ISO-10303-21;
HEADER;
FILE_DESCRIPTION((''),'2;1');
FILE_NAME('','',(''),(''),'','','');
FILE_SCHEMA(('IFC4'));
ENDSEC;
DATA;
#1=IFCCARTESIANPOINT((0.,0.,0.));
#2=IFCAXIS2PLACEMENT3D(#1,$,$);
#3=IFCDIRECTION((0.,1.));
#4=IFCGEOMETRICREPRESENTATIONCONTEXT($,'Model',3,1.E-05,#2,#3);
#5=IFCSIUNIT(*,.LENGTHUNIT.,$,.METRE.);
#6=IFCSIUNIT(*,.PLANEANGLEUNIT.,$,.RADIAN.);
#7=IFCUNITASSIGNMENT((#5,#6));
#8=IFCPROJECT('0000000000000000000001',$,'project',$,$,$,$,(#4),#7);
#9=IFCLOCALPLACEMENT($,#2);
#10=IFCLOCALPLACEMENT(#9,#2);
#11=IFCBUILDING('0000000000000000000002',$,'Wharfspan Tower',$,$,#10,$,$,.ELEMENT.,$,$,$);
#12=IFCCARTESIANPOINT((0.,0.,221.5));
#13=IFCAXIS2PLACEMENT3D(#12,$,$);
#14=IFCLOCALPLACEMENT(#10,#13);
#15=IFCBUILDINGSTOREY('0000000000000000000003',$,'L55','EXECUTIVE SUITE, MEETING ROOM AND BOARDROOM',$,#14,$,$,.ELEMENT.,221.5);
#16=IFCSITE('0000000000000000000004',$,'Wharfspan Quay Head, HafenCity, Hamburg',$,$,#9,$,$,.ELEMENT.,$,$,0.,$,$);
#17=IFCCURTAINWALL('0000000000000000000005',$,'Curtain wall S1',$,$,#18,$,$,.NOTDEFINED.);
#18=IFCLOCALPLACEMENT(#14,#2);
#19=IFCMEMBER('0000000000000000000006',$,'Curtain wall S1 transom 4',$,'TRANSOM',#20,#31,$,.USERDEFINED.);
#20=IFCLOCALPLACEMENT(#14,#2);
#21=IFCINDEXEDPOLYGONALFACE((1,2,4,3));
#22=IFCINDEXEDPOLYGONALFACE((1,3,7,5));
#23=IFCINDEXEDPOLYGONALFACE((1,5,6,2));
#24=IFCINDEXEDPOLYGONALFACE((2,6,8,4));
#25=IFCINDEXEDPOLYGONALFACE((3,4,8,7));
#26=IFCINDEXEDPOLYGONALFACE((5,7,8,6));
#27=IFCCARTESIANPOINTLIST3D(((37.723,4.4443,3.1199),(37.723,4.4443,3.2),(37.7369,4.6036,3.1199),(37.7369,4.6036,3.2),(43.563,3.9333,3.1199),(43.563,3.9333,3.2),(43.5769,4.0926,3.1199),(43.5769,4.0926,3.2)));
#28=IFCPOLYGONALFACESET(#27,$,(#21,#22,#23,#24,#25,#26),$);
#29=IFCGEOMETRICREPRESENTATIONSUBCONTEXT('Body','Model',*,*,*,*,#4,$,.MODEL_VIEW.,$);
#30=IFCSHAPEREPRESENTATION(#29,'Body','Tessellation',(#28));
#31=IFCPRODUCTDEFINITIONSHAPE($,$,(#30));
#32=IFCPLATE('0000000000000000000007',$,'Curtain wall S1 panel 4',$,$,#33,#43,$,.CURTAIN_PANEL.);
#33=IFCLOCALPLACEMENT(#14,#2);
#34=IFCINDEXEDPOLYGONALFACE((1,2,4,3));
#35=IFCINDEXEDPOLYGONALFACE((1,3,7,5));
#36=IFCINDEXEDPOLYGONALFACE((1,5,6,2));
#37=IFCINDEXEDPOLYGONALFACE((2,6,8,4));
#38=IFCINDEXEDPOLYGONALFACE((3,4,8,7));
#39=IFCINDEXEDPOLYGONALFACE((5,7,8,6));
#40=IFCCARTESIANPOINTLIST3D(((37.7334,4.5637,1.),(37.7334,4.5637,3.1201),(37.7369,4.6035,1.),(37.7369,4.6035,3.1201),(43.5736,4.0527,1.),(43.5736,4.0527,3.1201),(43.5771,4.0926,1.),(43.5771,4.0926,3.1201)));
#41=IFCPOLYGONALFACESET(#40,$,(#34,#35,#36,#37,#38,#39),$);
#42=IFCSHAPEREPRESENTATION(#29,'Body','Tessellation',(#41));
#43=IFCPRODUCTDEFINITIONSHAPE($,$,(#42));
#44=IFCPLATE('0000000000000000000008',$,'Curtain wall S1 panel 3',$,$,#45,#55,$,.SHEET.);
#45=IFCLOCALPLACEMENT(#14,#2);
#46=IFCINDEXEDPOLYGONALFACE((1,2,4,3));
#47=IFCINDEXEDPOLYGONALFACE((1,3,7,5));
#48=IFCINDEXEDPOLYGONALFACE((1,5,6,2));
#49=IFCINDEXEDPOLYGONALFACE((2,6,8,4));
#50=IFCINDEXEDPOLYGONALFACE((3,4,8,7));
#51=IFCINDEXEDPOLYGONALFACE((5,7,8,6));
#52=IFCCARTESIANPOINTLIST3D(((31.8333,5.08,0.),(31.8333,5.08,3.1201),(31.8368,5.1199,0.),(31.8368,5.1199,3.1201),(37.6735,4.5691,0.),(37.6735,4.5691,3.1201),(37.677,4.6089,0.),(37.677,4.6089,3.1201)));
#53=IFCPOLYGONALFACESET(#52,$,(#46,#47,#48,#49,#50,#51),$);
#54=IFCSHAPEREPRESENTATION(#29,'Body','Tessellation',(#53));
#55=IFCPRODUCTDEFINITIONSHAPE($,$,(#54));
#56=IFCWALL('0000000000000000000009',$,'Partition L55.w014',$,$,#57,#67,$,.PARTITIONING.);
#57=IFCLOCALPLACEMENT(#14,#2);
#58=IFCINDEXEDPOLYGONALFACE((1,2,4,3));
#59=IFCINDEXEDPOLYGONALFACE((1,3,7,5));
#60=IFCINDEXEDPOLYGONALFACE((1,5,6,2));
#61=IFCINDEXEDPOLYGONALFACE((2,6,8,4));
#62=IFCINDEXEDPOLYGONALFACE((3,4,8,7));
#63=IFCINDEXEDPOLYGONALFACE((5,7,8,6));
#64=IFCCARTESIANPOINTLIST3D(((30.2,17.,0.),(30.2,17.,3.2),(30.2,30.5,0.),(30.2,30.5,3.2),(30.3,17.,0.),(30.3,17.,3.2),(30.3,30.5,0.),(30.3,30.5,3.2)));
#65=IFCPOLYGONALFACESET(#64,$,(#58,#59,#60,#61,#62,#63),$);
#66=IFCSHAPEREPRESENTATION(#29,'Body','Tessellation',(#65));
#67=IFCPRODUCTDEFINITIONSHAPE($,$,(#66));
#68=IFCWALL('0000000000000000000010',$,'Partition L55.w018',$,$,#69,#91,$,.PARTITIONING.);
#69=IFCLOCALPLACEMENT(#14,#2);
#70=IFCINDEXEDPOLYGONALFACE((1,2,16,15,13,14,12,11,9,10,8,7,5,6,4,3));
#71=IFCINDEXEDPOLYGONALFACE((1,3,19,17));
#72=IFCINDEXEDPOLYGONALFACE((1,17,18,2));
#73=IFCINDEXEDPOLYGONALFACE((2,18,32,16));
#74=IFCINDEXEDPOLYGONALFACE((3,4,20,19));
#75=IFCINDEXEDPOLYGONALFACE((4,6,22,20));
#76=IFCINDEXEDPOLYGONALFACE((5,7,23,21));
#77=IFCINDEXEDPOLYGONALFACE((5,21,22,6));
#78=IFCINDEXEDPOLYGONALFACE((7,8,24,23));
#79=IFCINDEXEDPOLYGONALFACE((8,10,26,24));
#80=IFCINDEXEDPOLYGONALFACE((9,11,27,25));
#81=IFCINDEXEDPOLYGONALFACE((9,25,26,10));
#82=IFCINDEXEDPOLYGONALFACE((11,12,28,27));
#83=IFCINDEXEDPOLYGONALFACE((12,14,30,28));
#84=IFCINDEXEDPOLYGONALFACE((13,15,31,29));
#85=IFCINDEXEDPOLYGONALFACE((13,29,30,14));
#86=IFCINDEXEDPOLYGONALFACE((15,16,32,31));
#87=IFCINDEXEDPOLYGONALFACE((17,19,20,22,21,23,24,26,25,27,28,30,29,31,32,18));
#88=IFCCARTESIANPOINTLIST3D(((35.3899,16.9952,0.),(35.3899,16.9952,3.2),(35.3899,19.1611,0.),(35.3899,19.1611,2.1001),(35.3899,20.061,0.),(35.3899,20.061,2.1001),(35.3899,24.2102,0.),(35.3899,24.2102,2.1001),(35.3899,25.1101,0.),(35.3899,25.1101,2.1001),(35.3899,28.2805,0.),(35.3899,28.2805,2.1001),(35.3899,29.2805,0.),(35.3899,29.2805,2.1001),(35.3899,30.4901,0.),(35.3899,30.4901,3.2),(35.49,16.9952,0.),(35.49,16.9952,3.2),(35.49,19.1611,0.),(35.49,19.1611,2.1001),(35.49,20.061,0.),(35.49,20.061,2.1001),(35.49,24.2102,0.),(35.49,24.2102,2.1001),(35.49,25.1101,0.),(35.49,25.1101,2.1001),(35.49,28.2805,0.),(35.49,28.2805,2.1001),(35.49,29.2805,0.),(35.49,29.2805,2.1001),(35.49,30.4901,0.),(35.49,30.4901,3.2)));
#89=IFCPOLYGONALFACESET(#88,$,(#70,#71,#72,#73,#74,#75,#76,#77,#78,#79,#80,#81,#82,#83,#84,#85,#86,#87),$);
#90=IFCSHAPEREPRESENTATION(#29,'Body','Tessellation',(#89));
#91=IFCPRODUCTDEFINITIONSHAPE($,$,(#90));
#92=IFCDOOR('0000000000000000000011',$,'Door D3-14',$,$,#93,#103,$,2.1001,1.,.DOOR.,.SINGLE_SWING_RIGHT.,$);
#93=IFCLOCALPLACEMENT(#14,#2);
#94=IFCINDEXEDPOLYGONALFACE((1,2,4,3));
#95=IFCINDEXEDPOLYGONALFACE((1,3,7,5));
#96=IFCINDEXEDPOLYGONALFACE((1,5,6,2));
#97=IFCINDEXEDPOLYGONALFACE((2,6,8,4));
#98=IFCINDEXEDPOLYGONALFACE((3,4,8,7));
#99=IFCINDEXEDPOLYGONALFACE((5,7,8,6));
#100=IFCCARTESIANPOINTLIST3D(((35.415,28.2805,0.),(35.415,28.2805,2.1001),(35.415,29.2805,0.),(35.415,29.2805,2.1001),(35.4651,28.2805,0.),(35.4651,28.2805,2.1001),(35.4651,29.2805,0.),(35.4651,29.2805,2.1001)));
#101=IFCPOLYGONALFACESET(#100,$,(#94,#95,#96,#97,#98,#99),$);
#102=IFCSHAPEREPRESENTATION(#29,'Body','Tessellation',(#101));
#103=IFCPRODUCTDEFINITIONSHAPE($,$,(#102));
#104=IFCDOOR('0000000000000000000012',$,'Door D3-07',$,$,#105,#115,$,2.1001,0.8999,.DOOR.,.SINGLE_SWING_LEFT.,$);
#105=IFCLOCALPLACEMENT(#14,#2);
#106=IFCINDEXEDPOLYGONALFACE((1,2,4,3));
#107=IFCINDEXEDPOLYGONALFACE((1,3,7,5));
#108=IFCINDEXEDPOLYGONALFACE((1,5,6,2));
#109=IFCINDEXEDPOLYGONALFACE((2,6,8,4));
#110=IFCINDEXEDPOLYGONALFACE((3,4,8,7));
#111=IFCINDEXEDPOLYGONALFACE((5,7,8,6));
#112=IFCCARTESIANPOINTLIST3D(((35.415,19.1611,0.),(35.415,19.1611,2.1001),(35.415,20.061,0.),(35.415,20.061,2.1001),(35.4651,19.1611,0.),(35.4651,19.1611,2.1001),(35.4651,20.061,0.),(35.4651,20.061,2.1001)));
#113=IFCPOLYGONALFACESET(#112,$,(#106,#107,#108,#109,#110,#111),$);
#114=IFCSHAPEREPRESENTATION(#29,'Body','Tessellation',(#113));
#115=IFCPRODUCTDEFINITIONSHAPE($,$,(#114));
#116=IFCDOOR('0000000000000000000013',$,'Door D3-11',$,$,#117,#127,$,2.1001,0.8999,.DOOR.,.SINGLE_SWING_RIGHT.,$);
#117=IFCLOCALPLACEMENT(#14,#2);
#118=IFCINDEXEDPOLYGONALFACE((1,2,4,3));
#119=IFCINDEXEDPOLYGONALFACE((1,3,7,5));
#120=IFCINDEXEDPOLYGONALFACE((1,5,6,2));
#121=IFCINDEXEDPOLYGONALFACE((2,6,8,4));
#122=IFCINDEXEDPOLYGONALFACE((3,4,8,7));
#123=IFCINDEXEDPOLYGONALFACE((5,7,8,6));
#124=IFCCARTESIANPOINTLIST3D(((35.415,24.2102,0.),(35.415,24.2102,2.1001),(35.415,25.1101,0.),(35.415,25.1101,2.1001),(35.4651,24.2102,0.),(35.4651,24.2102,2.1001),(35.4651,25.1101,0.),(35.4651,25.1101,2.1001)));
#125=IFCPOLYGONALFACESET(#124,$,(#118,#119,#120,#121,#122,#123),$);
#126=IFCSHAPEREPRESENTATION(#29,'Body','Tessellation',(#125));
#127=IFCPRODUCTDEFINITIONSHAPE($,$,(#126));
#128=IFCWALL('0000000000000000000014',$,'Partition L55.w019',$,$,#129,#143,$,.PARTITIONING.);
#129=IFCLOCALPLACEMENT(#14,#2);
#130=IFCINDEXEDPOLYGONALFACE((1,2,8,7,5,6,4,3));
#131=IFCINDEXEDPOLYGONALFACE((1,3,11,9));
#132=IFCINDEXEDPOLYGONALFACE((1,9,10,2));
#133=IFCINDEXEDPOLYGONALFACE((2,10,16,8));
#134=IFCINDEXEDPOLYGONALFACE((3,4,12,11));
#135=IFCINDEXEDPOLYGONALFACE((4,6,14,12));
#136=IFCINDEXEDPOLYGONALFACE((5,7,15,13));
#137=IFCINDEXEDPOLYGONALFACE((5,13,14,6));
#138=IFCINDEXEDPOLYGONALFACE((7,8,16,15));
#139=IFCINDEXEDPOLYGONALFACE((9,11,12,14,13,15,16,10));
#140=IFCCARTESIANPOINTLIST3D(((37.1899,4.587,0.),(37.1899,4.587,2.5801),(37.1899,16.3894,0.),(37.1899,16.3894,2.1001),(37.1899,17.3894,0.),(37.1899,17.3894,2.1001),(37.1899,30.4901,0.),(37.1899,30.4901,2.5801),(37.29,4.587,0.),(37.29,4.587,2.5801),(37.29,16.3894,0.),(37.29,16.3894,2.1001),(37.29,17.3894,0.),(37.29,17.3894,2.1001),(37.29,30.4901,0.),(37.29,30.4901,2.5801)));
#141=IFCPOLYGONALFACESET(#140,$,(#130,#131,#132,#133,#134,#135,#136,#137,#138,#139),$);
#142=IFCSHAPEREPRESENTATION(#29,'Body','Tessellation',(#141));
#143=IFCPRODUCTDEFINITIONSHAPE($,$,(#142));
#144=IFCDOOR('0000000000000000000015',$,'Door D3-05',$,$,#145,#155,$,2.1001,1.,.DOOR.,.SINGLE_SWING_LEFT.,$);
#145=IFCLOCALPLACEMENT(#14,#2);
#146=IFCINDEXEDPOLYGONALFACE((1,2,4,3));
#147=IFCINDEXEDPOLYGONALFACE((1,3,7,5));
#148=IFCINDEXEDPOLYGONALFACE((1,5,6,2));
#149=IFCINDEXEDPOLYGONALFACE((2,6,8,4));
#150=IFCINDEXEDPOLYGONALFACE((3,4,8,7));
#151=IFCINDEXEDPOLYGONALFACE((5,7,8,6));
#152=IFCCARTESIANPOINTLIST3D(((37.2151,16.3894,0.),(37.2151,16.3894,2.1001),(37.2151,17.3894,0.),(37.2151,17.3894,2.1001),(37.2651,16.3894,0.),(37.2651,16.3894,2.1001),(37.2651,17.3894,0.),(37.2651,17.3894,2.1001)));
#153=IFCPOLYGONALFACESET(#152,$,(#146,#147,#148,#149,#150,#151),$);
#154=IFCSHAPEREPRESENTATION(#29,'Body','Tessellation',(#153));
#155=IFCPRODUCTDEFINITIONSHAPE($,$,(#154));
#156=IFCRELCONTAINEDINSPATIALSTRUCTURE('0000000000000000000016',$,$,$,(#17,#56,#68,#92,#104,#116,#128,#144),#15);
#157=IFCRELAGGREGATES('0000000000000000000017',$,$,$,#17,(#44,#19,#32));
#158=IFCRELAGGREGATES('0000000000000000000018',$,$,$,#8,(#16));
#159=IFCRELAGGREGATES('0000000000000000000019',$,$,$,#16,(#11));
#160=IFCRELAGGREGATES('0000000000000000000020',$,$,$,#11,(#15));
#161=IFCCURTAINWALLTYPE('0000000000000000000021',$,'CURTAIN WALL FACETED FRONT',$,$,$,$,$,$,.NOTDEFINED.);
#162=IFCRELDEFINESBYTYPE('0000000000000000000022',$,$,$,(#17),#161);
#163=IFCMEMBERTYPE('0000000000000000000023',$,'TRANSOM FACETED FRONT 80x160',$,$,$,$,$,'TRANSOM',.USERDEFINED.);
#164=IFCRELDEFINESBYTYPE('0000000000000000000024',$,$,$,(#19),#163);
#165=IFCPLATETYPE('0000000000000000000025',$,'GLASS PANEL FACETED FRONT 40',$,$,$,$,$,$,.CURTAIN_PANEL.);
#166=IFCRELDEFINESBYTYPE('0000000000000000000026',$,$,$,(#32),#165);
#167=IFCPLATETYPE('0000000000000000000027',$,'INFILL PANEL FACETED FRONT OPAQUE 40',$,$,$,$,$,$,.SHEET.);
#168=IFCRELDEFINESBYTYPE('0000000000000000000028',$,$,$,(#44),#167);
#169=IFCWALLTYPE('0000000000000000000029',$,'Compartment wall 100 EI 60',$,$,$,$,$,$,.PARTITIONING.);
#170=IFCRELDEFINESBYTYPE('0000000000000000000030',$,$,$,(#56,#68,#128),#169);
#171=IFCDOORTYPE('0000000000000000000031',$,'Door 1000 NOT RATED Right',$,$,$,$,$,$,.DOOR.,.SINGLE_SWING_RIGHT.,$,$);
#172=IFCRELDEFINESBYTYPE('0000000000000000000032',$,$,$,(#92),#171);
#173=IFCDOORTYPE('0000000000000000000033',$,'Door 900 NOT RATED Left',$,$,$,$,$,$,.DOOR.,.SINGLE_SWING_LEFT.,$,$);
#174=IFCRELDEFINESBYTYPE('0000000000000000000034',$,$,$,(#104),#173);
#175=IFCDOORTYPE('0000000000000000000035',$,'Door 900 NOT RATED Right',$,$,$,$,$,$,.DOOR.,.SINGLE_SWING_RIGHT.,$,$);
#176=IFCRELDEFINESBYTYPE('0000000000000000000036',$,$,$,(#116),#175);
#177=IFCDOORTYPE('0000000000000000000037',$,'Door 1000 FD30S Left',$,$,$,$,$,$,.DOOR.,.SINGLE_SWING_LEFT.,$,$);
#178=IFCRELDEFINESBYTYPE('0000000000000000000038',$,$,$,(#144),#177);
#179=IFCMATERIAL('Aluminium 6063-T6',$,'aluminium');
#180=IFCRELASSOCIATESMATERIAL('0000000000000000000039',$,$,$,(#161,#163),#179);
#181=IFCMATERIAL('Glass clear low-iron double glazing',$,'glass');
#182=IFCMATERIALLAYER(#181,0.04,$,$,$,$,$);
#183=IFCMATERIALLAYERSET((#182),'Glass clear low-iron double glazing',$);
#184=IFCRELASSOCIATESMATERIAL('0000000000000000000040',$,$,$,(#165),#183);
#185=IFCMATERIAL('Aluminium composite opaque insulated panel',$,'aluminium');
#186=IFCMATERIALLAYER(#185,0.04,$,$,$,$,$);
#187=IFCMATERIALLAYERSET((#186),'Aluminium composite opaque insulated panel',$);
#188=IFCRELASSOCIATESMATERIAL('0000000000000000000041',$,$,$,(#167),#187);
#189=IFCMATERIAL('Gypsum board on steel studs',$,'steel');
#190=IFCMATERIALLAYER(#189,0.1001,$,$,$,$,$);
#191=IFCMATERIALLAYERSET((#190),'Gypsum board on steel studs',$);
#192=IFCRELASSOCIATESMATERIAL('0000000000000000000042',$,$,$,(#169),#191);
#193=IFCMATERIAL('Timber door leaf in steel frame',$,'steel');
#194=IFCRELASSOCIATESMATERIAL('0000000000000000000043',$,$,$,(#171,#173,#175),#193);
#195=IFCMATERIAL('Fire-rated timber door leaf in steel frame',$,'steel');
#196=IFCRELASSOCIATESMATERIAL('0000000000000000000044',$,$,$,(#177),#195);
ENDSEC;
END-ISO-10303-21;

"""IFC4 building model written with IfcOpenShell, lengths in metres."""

from ifc_helpers import new_model, si_unit, direction, frame, frame_2d, origin, origin_2d, place, context, subcontext, project, spatial, rectangle, extrude, material, layer, layer_set, material_profile, profile_set, type_object, element, fill, aggregate, save


model = new_model("IFC4")

# Units and contexts
model_context = context("Model", 3, precision=1e-05, world=origin(), true_north=direction((0.0, 1.0)))
body_context = subcontext(model_context, "Body", "Model", "MODEL_VIEW")
ifc_project = project(units=[si_unit("LENGTHUNIT", "METRE"), si_unit("PLANEANGLEUNIT", "RADIAN")], contexts=[model_context])

# Site, building, storey
site_placement = place(None, origin())
site = spatial("IfcSite", under=ifc_project, at=site_placement, Name="Wharfspan Quay Head, HafenCity, Hamburg", CompositionType="ELEMENT", RefElevation=0.0)
building_placement = place(site_placement, origin())
building = spatial("IfcBuilding", under=site, at=building_placement, Name="Wharfspan Tower", CompositionType="ELEMENT")
storey_placement = place(building_placement, frame((0.0, 0.0, 221.5)))
storey = spatial("IfcBuildingStorey", under=building, at=storey_placement, Name="L55", Description="EXECUTIVE SUITE, MEETING ROOM AND BOARDROOM", CompositionType="ELEMENT", Elevation=221.5)

# Curtain wall, member, plates
ifc_material_1 = material(Name="Aluminium 6063-T6", Category="aluminium")
curtain_wall_type = type_object("IfcCurtainWallType", Name="CURTAIN WALL FACETED FRONT", PredefinedType="NOTDEFINED", material=ifc_material_1)
curtain_wall_placement = place(storey_placement, origin())
curtain_wall = element("IfcCurtainWall", 1, at=curtain_wall_placement, inside=storey, type_object=curtain_wall_type, Name="Curtain wall S1", PredefinedType="NOTDEFINED")
ifc_material_profile_1 = material_profile(ifc_material_1, rectangle(XDim=0.1599, YDim=0.0801, at=origin_2d()))
ifc_profile_set_1 = profile_set([ifc_material_profile_1], Name="Aluminium 6063-T6")
member_type_1 = type_object("IfcMemberType", Name="TRANSOM FACETED FRONT 80x160", ElementType="TRANSOM", PredefinedType="USERDEFINED", material=ifc_profile_set_1)
member_1_placement = place(storey_placement, frame((37.73, 4.5239, 3.1599), z_axis=(0.996194, -0.087163, 0.0), x_axis=(0.087163, 0.996194, 0.0)))
member_1 = element("IfcMember", 2, at=member_1_placement, type_object=member_type_1, Name="Curtain wall S1 transom 4", ObjectType="TRANSOM", PredefinedType="USERDEFINED", context=body_context, shape_type="SweptSolid", body=[
    extrude(rectangle(XDim=0.1599, YDim=0.0801, at=origin_2d()), origin(), (0.0, 0.0, 1.0), 5.8623),
])
ifc_material_2 = material(Name="Glass clear low-iron double glazing", Category="glass")
ifc_layer_1 = layer(ifc_material_2, 0.04)
ifc_layer_set_1 = layer_set([ifc_layer_1], Name="Glass clear low-iron double glazing")
plate_type_1 = type_object("IfcPlateType", Name="GLASS PANEL FACETED FRONT 40", PredefinedType="CURTAIN_PANEL", material=ifc_layer_set_1)
plate_1_placement = place(storey_placement, frame((40.6553, 4.3281, 1.0), z_axis=(0.0, 0.0, 1.0), x_axis=(0.996197, -0.087156, 0.0)))
plate_1 = element("IfcPlate", 3, at=plate_1_placement, type_object=plate_type_1, Name="Curtain wall S1 panel 4", PredefinedType="CURTAIN_PANEL", context=body_context, shape_type="SweptSolid", body=[
    extrude(rectangle(XDim=5.8625, YDim=0.04, at=origin_2d()), origin(), (0.0, 0.0, 1.0), 2.1201),
])
ifc_material_3 = material(Name="Aluminium composite opaque insulated panel", Category="aluminium")
ifc_layer_2 = layer(ifc_material_3, 0.04)
ifc_layer_set_2 = layer_set([ifc_layer_2], Name="Aluminium composite opaque insulated panel")
plate_type_2 = type_object("IfcPlateType", Name="INFILL PANEL FACETED FRONT OPAQUE 40", PredefinedType="SHEET", material=ifc_layer_set_2)
plate_2_placement = place(storey_placement, frame((34.7551, 4.8445, 0.0), z_axis=(0.0, 0.0, 1.0), x_axis=(0.996197, -0.087156, 0.0)))
plate_2 = element("IfcPlate", 4, at=plate_2_placement, type_object=plate_type_2, Name="Curtain wall S1 panel 3", PredefinedType="SHEET", context=body_context, shape_type="SweptSolid", body=[
    extrude(rectangle(XDim=5.8625, YDim=0.04, at=origin_2d()), origin(), (0.0, 0.0, 1.0), 3.1201),
])
aggregate(curtain_wall, [plate_2, member_1, plate_1])

# Wall
ifc_material_4 = material(Name="Gypsum board on steel studs", Category="steel")
ifc_layer_3 = layer(ifc_material_4, 0.1001)
ifc_layer_set_3 = layer_set([ifc_layer_3], Name="Gypsum board on steel studs")
wall_type_1 = type_object("IfcWallType", Name="Compartment wall 100 EI 60", PredefinedType="PARTITIONING", material=ifc_layer_set_3)
wall_1_placement = place(storey_placement, frame((30.25, 17.0, 0.0), z_axis=(0.0, 0.0, 1.0), x_axis=(0.0, 1.0, 0.0)))
element("IfcWall", 5, at=wall_1_placement, inside=storey, type_object=wall_type_1, Name="Partition L55.w014", PredefinedType="PARTITIONING", context=body_context, shape_type="SweptSolid", body=[
    extrude(rectangle(XDim=13.5, YDim=0.1001, at=frame_2d((6.75, 0.0))), origin(), (0.0, 0.0, 1.0), 3.2),
])

# Wall, openings, doors
wall_2_placement = place(storey_placement, frame((35.4399, 16.9951, 0.0), z_axis=(0.0, 0.0, 1.0), x_axis=(0.0, 1.0, 0.0)))
wall_2 = element("IfcWall", 6, at=wall_2_placement, inside=storey, type_object=wall_type_1, Name="Partition L55.w018", PredefinedType="PARTITIONING", context=body_context, shape_type="SweptSolid", body=[
    extrude(rectangle(XDim=13.4949, YDim=0.1001, at=frame_2d((6.7476, 0.0))), origin(), (0.0, 0.0, 1.0), 3.2),
])
opening_1_placement = place(wall_2_placement, frame((2.166, 0.0, 0.0)))
opening_1 = element("IfcOpeningElement", 7, at=opening_1_placement, cuts=wall_2, PredefinedType="OPENING", context=body_context, shape_type="SweptSolid", body=[
    extrude(rectangle(XDim=0.8999, YDim=2.1001, at=frame_2d((0.45, 1.05))), frame((0.0, 0.0601, 0.0), z_axis=(0.0, -1.0, 0.0), x_axis=(1.0, 0.0, 0.0)), (0.0, 0.0, 1.0), 0.1201),
])
opening_2_placement = place(wall_2_placement, frame((7.2151, 0.0, 0.0)))
opening_2 = element("IfcOpeningElement", 8, at=opening_2_placement, cuts=wall_2, PredefinedType="OPENING", context=body_context, shape_type="SweptSolid", body=[
    extrude(rectangle(XDim=0.8999, YDim=2.1001, at=frame_2d((0.45, 1.05))), frame((0.0, 0.0601, 0.0), z_axis=(0.0, -1.0, 0.0), x_axis=(1.0, 0.0, 0.0)), (0.0, 0.0, 1.0), 0.1201),
])
opening_3_placement = place(wall_2_placement, frame((11.2854, 0.0, 0.0)))
opening_3 = element("IfcOpeningElement", 9, at=opening_3_placement, cuts=wall_2, PredefinedType="OPENING", context=body_context, shape_type="SweptSolid", body=[
    extrude(rectangle(XDim=1.0, YDim=2.1001, at=frame_2d((0.5, 1.05))), frame((0.0, 0.0601, 0.0), z_axis=(0.0, -1.0, 0.0), x_axis=(1.0, 0.0, 0.0)), (0.0, 0.0, 1.0), 0.1201),
])
ifc_material_5 = material(Name="Timber door leaf in steel frame", Category="steel")
door_type_1 = type_object("IfcDoorType", Name="Door 1000 NOT RATED Right", OperationType="SINGLE_SWING_RIGHT", PredefinedType="DOOR", material=ifc_material_5)
door_1_placement = place(opening_3_placement, origin())
door_1 = element("IfcDoor", 10, at=door_1_placement, inside=storey, type_object=door_type_1, Name="Door D3-14", OperationType="SINGLE_SWING_RIGHT", OverallHeight=2.1001, OverallWidth=1.0, PredefinedType="DOOR", context=body_context, shape_type="SweptSolid", body=[
    extrude(rectangle(XDim=1.0, YDim=2.1001, at=frame_2d((0.5, 1.05))), frame((0.0, 0.0249, 0.0), z_axis=(0.0, -1.0, 0.0), x_axis=(1.0, 0.0, 0.0)), (0.0, 0.0, 1.0), 0.05),
])
fill(opening_3, door_1)
door_type_2 = type_object("IfcDoorType", Name="Door 900 NOT RATED Left", OperationType="SINGLE_SWING_LEFT", PredefinedType="DOOR", material=ifc_material_5)
door_2_placement = place(opening_1_placement, origin())
door_2 = element("IfcDoor", 11, at=door_2_placement, inside=storey, type_object=door_type_2, Name="Door D3-07", OperationType="SINGLE_SWING_LEFT", OverallHeight=2.1001, OverallWidth=0.8999, PredefinedType="DOOR", context=body_context, shape_type="SweptSolid", body=[
    extrude(rectangle(XDim=0.8999, YDim=2.1001, at=frame_2d((0.45, 1.05))), frame((0.0, 0.0249, 0.0), z_axis=(0.0, -1.0, 0.0), x_axis=(1.0, 0.0, 0.0)), (0.0, 0.0, 1.0), 0.05),
])
fill(opening_1, door_2)
door_type_3 = type_object("IfcDoorType", Name="Door 900 NOT RATED Right", OperationType="SINGLE_SWING_RIGHT", PredefinedType="DOOR", material=ifc_material_5)
door_3_placement = place(opening_2_placement, origin())
door_3 = element("IfcDoor", 12, at=door_3_placement, inside=storey, type_object=door_type_3, Name="Door D3-11", OperationType="SINGLE_SWING_RIGHT", OverallHeight=2.1001, OverallWidth=0.8999, PredefinedType="DOOR", context=body_context, shape_type="SweptSolid", body=[
    extrude(rectangle(XDim=0.8999, YDim=2.1001, at=frame_2d((0.45, 1.05))), frame((0.0, 0.0249, 0.0), z_axis=(0.0, -1.0, 0.0), x_axis=(1.0, 0.0, 0.0)), (0.0, 0.0, 1.0), 0.05),
])
fill(opening_2, door_3)

# Wall, opening, door
wall_3_placement = place(storey_placement, frame((37.24, 4.5869, 0.0), z_axis=(0.0, 0.0, 1.0), x_axis=(0.0, 1.0, 0.0)))
wall_3 = element("IfcWall", 13, at=wall_3_placement, inside=storey, type_object=wall_type_1, Name="Partition L55.w019", PredefinedType="PARTITIONING", context=body_context, shape_type="SweptSolid", body=[
    extrude(rectangle(XDim=25.9031, YDim=0.1001, at=frame_2d((12.9517, 0.0))), origin(), (0.0, 0.0, 1.0), 2.5801),
])
opening_4_placement = place(wall_3_placement, frame((11.8025, 0.0, 0.0)))
opening_4 = element("IfcOpeningElement", 14, at=opening_4_placement, cuts=wall_3, PredefinedType="OPENING", context=body_context, shape_type="SweptSolid", body=[
    extrude(rectangle(XDim=1.0, YDim=2.1001, at=frame_2d((0.5, 1.05))), frame((0.0, 0.0601, 0.0), z_axis=(0.0, -1.0, 0.0), x_axis=(1.0, 0.0, 0.0)), (0.0, 0.0, 1.0), 0.1201),
])
ifc_material_6 = material(Name="Fire-rated timber door leaf in steel frame", Category="steel")
door_type_4 = type_object("IfcDoorType", Name="Door 1000 FD30S Left", OperationType="SINGLE_SWING_LEFT", PredefinedType="DOOR", material=ifc_material_6)
door_4_placement = place(opening_4_placement, origin())
door_4 = element("IfcDoor", 15, at=door_4_placement, inside=storey, type_object=door_type_4, Name="Door D3-05", OperationType="SINGLE_SWING_LEFT", OverallHeight=2.1001, OverallWidth=1.0, PredefinedType="DOOR", context=body_context, shape_type="SweptSolid", body=[
    extrude(rectangle(XDim=1.0, YDim=2.1001, at=frame_2d((0.5, 1.05))), frame((0.0, 0.0249, 0.0), z_axis=(0.0, -1.0, 0.0), x_axis=(1.0, 0.0, 0.0)), (0.0, 0.0, 1.0), 0.05),
])
fill(opening_4, door_4)

save(model, "model.ifc")
